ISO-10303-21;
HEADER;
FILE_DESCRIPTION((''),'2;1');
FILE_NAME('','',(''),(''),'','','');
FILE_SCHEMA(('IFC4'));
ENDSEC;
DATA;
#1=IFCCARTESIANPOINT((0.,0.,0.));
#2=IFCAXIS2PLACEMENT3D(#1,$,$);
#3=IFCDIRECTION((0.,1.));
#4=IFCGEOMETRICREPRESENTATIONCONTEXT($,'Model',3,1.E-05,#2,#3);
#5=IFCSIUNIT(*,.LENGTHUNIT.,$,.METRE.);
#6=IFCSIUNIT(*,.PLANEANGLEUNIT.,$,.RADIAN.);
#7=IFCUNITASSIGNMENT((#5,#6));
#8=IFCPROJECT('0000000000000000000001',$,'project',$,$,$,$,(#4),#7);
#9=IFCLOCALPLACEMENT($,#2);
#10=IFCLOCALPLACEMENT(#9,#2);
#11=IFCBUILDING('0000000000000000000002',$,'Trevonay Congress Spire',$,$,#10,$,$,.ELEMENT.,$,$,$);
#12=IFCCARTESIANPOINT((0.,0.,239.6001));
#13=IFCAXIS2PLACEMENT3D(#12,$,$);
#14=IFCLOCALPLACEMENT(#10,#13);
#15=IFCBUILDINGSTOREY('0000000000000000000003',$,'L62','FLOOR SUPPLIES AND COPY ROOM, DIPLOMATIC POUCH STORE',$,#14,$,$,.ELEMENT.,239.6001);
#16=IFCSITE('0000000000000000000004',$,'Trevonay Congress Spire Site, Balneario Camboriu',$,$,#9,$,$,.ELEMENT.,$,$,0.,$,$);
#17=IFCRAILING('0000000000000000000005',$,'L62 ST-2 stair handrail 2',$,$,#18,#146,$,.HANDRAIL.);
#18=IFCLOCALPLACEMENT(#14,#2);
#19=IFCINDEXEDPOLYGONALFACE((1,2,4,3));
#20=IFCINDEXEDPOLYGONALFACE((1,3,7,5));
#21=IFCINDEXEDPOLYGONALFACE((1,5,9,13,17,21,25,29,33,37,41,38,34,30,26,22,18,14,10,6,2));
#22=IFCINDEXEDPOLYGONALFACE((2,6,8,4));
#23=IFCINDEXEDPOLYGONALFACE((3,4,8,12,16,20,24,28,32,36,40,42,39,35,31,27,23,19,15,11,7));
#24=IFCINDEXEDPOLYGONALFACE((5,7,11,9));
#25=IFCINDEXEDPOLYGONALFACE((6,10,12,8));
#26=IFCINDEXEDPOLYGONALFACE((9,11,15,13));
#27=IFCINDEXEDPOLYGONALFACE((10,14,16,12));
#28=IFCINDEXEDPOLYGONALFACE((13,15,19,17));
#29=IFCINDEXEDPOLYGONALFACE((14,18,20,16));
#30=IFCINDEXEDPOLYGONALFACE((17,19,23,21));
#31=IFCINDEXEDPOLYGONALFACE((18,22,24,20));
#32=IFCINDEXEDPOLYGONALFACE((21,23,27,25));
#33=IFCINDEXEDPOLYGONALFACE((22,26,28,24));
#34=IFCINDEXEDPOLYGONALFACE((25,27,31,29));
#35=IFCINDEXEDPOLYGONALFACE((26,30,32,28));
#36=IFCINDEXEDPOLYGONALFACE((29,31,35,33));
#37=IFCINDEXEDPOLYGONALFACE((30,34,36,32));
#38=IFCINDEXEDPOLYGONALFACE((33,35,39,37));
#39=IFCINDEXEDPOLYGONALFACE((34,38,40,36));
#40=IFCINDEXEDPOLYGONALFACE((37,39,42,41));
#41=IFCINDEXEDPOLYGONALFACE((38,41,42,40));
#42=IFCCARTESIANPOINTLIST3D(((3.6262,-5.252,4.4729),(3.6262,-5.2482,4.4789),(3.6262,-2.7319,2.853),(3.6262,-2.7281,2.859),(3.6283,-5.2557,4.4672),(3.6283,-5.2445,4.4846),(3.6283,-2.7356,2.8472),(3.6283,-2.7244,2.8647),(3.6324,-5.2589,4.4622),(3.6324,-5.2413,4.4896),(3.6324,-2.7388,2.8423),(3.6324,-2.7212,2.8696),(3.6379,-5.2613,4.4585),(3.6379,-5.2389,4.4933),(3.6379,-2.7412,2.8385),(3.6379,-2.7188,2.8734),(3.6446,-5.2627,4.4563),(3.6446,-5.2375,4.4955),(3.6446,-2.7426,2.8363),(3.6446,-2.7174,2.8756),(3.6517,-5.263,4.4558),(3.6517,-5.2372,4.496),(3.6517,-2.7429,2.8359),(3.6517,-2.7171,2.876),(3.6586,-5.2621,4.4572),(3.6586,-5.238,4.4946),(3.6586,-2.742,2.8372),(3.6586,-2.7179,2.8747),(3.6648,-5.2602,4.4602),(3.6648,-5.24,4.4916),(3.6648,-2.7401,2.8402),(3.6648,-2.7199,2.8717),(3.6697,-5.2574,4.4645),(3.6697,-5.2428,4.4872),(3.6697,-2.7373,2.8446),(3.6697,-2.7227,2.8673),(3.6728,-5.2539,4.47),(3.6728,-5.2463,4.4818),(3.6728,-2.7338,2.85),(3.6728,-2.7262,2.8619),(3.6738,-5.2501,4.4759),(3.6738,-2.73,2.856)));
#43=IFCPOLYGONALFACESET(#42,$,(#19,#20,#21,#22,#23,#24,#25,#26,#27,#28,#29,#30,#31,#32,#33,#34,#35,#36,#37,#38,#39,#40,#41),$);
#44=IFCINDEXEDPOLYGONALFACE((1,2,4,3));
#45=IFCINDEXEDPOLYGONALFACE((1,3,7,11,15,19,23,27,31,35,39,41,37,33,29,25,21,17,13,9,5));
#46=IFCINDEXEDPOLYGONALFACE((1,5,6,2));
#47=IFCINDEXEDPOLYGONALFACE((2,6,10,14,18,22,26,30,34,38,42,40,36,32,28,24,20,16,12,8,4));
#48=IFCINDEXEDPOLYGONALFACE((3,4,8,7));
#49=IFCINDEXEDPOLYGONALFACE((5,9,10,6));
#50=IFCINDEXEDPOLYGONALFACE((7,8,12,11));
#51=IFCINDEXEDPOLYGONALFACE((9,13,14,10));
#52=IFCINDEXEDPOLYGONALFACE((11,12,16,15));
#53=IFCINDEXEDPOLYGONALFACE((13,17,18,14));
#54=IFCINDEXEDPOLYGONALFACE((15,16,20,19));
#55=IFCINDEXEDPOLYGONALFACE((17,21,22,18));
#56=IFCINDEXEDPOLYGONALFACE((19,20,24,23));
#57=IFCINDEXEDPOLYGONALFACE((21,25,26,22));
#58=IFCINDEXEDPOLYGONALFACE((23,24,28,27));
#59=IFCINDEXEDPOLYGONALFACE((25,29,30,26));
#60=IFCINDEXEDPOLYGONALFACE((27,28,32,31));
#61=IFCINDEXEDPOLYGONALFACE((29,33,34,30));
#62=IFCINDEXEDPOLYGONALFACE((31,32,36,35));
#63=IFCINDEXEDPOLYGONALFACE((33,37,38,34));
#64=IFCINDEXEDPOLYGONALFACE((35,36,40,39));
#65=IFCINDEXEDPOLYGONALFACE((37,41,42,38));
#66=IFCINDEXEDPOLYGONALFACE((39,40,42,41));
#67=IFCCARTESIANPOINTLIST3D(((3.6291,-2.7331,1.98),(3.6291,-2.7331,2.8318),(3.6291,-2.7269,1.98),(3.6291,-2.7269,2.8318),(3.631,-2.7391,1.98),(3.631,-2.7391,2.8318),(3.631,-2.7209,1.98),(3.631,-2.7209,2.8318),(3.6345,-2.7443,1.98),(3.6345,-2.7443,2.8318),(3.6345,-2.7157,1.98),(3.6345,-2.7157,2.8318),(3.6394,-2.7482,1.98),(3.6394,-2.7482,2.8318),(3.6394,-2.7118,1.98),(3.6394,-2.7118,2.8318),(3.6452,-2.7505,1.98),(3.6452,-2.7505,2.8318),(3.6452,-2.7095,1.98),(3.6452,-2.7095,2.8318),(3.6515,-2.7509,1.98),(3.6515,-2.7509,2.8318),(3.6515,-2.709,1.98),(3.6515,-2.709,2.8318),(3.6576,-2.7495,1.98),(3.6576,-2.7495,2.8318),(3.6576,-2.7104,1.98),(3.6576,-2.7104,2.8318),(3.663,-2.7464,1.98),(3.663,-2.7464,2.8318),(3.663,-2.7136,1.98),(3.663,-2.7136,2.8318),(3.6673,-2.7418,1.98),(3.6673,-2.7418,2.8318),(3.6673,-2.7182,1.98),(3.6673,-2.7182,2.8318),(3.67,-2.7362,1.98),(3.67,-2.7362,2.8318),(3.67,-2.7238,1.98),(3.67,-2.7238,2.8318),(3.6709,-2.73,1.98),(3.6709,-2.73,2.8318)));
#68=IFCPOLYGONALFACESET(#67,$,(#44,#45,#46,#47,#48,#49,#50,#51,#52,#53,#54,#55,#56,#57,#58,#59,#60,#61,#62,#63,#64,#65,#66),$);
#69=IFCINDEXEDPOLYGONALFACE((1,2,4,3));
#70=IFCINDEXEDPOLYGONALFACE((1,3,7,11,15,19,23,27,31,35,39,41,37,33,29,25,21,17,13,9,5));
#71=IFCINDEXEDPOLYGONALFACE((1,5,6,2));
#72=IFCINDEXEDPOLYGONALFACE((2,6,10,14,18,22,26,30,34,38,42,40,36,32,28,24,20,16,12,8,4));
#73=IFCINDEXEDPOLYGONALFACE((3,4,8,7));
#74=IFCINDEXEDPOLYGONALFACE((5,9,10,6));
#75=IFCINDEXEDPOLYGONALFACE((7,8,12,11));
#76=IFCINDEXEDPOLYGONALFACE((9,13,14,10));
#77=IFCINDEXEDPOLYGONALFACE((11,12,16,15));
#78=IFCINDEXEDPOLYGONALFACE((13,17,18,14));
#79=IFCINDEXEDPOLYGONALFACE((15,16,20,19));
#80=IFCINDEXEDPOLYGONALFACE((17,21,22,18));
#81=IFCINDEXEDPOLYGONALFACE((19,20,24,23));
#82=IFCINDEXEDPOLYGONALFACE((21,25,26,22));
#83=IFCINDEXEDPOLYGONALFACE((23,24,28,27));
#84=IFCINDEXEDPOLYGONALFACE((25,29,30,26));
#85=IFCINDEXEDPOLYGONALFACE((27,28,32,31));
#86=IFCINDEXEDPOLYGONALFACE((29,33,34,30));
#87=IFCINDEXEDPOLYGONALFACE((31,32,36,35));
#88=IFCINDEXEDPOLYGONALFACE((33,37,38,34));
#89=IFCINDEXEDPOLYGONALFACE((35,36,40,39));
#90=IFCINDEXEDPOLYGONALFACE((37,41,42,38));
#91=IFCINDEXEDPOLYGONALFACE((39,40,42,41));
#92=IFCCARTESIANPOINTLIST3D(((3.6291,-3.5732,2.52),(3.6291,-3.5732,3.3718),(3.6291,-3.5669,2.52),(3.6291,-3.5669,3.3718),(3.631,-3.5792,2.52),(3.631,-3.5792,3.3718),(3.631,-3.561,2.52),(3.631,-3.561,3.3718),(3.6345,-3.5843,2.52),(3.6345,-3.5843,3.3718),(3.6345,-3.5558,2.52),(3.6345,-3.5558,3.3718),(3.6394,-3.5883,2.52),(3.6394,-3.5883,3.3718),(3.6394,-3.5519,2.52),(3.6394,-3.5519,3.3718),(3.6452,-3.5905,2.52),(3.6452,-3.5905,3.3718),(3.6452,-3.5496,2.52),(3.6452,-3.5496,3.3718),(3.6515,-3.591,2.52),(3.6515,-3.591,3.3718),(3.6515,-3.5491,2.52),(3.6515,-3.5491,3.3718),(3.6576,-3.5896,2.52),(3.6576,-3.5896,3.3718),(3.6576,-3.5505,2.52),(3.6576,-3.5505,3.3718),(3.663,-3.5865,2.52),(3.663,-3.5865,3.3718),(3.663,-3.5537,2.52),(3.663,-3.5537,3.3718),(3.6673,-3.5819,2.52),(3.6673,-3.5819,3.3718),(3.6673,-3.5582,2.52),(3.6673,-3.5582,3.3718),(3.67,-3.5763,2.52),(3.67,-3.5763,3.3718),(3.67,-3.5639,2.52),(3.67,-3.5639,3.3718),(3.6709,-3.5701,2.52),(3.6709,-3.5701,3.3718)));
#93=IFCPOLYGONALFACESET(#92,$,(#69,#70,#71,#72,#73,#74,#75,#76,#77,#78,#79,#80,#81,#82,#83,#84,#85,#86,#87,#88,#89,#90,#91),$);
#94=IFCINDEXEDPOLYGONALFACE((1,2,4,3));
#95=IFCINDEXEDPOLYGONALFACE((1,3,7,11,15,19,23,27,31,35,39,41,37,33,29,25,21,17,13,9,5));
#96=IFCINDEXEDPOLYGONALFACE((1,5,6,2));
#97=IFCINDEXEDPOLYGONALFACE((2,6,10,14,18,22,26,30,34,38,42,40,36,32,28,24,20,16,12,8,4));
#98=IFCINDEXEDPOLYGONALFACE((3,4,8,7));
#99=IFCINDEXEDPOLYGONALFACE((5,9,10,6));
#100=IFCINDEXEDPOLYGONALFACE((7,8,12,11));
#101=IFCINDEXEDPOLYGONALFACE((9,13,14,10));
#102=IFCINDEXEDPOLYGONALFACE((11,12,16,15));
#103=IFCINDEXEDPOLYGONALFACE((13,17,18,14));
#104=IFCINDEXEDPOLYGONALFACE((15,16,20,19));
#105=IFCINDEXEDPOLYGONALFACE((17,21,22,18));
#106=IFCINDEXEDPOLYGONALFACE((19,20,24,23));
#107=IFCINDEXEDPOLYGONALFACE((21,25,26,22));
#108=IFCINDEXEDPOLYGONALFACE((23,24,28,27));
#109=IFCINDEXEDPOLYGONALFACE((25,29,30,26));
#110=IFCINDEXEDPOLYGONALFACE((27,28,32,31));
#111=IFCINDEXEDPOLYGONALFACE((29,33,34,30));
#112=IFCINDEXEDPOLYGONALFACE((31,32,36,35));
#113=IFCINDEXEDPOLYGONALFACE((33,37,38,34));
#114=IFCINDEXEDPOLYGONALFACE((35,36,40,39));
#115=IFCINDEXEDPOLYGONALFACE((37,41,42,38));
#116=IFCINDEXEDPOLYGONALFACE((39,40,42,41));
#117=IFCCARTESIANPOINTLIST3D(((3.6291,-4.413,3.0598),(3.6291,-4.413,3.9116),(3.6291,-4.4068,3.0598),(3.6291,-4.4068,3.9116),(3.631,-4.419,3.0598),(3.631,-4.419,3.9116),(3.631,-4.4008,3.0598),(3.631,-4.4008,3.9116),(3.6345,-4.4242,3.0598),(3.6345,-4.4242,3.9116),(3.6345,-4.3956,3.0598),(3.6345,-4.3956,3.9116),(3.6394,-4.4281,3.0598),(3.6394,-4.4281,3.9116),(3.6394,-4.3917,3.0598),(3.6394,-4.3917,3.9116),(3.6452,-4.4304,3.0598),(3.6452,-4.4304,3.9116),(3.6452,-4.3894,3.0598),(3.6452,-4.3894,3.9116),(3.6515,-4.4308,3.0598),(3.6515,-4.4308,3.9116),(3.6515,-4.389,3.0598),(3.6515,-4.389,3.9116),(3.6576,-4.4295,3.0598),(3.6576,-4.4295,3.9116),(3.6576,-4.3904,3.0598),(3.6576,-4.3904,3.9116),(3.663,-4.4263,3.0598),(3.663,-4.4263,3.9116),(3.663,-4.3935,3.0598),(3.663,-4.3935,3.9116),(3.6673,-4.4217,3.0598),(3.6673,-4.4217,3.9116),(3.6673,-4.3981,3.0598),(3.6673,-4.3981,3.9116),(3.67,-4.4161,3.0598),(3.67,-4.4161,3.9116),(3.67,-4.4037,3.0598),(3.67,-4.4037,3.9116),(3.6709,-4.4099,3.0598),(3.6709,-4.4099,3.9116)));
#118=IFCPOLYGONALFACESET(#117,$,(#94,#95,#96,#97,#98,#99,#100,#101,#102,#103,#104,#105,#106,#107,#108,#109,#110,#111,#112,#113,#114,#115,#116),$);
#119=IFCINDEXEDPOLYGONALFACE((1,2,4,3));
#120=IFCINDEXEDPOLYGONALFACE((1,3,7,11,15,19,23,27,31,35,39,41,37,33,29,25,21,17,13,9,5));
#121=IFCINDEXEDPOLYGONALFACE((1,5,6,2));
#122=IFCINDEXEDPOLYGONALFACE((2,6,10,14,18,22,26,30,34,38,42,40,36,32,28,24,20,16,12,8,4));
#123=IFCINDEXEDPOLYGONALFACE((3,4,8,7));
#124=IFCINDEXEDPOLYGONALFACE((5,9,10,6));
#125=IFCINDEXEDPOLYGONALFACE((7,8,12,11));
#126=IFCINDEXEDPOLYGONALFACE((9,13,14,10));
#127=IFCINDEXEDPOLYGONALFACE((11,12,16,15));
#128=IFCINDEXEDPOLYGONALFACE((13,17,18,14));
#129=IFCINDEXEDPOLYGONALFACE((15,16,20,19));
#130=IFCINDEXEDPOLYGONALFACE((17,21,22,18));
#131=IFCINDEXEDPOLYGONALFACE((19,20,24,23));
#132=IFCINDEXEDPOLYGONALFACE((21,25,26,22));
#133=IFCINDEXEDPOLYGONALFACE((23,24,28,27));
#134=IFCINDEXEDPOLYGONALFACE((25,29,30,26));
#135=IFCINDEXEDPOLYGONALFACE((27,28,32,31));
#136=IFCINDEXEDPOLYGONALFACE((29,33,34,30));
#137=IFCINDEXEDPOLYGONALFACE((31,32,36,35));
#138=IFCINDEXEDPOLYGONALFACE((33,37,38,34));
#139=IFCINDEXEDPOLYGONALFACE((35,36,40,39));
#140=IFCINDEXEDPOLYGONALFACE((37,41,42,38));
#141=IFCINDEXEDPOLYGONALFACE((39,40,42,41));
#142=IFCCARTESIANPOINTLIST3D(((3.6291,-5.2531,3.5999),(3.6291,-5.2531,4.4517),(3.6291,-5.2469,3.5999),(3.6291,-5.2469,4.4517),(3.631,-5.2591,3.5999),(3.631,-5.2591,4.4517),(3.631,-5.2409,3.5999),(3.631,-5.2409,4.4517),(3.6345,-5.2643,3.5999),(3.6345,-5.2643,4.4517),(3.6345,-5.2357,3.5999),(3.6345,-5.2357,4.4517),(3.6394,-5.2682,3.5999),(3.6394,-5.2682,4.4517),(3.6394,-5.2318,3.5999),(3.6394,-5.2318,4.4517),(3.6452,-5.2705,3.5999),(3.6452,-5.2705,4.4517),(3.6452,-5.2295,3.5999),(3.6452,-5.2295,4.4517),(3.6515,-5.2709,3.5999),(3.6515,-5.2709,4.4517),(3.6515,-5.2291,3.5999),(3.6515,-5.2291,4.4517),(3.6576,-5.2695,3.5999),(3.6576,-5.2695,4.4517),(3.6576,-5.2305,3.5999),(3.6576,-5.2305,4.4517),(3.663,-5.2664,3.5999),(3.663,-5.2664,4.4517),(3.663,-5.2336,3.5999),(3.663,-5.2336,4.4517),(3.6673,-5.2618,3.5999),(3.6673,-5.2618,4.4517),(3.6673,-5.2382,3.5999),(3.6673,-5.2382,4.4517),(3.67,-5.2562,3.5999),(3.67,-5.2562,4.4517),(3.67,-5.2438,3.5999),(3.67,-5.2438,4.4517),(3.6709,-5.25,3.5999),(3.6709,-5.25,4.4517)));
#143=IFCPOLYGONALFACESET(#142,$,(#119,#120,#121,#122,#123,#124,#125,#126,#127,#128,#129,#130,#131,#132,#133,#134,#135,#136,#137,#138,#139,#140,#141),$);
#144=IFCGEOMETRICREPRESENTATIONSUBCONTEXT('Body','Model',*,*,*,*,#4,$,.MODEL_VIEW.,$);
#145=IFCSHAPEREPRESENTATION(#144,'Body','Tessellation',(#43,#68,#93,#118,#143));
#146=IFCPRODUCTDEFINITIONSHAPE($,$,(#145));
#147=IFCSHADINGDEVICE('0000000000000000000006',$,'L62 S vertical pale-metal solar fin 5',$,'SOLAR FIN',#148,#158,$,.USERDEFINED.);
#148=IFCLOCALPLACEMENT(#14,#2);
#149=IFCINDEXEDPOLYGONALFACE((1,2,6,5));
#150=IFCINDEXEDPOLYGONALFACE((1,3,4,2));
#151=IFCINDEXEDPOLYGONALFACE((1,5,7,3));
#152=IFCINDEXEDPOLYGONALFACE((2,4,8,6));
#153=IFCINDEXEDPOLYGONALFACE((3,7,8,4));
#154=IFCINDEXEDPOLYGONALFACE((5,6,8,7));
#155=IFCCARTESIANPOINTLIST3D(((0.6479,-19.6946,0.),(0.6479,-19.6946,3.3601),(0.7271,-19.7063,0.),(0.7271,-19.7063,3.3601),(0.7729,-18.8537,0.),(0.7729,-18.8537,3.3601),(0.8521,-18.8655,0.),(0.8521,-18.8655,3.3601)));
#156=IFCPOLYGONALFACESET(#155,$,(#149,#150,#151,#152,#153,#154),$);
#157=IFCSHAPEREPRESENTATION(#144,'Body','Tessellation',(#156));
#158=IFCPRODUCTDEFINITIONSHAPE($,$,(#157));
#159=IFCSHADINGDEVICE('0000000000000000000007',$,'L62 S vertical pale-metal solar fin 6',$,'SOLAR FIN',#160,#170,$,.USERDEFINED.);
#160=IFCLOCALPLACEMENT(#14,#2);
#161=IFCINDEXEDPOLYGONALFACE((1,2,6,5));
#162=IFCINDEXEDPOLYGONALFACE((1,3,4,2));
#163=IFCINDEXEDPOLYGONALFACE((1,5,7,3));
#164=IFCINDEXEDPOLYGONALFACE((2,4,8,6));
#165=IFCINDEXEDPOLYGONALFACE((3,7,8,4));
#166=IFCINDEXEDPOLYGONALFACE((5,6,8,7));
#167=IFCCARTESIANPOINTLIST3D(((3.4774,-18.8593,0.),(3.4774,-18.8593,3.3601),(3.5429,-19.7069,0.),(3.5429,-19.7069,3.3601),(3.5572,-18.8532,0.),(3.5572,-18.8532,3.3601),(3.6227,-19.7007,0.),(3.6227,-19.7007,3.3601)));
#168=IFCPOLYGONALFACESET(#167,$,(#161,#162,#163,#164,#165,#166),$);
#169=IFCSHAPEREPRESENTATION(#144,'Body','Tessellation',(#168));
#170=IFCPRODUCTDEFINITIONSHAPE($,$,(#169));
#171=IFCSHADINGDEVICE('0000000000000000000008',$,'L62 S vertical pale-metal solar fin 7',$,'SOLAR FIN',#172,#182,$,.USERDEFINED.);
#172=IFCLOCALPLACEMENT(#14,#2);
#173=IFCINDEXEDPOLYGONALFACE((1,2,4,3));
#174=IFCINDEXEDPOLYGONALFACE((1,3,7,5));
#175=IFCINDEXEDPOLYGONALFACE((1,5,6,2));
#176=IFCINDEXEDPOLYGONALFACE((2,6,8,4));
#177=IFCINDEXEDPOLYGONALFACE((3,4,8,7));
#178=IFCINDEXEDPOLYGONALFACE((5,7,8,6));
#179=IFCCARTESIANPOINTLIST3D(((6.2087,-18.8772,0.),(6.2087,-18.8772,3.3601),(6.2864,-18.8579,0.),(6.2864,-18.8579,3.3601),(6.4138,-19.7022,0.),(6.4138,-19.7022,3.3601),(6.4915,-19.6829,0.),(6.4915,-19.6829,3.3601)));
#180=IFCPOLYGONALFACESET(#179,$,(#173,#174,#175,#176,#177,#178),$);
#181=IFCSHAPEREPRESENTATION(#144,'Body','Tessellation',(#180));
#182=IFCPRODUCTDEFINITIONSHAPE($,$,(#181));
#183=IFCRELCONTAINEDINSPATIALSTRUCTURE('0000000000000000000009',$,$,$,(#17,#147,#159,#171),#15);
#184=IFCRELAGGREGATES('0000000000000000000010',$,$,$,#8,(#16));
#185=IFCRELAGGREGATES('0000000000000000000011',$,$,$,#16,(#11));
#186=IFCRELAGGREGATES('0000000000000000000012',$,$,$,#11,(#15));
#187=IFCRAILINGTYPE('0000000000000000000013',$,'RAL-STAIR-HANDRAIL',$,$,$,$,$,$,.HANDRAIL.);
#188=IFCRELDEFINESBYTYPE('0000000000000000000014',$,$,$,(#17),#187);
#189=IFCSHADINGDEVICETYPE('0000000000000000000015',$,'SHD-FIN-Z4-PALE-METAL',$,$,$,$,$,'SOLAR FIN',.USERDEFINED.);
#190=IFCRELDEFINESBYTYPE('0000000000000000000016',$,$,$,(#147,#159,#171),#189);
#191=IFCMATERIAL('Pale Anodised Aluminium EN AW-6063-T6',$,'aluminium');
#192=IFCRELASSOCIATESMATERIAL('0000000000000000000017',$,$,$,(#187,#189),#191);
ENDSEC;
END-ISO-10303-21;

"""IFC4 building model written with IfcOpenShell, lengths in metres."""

from ifc_helpers import new_model, si_unit, direction, frame, origin, origin_2d, place, context, subcontext, project, spatial, rectangle, circle, extrude, material, type_object, element, save


model = new_model("IFC4")

# Units and contexts
model_context = context("Model", 3, precision=1e-05, world=origin(), true_north=direction((0.0, 1.0)))
body_context = subcontext(model_context, "Body", "Model", "MODEL_VIEW")
ifc_project = project(units=[si_unit("LENGTHUNIT", "METRE"), si_unit("PLANEANGLEUNIT", "RADIAN")], contexts=[model_context])

# Site, building, storey
site_placement = place(None, origin())
site = spatial("IfcSite", under=ifc_project, at=site_placement, Name="Trevonay Congress Spire Site, Balneario Camboriu", CompositionType="ELEMENT", RefElevation=0.0)
building_placement = place(site_placement, origin())
building = spatial("IfcBuilding", under=site, at=building_placement, Name="Trevonay Congress Spire", CompositionType="ELEMENT")
storey_placement = place(building_placement, frame((0.0, 0.0, 239.6001)))
storey = spatial("IfcBuildingStorey", under=building, at=storey_placement, Name="L62", Description="FLOOR SUPPLIES AND COPY ROOM, DIPLOMATIC POUCH STORE", CompositionType="ELEMENT", Elevation=239.6001)

# Shared definitions
ifc_material_1 = material(Name="Pale Anodised Aluminium EN AW-6063-T6", Category="aluminium")

# Railing
railing_type_1 = type_object("IfcRailingType", Name="RAL-STAIR-HANDRAIL", PredefinedType="HANDRAIL", material=ifc_material_1)
railing_1_placement = place(storey_placement, frame((3.6499, -2.73, 1.98)))
element("IfcRailing", 1, at=railing_1_placement, inside=storey, type_object=railing_type_1, Name="L62 ST-2 stair handrail 2", PredefinedType="HANDRAIL", context=body_context, shape_type="SweptSolid", body=[
    extrude(circle(Radius=0.0239, at=origin_2d()), frame((0.0, 0.0, 0.876), z_axis=(0.0, -0.8412, 0.540725), x_axis=(1.0, 0.0, 0.0)), (0.0, 0.0, 1.0), 2.9958),
    extrude(circle(Radius=0.021, at=origin_2d()), origin(), (0.0, 0.0, 1.0), 0.8518),
    extrude(circle(Radius=0.021, at=origin_2d()), frame((0.0, -0.8401, 0.54)), (0.0, 0.0, 1.0), 0.8518),
    extrude(circle(Radius=0.021, at=origin_2d()), frame((0.0, -1.6799, 1.0798)), (0.0, 0.0, 1.0), 0.8518),
    extrude(circle(Radius=0.021, at=origin_2d()), frame((0.0, -2.52, 1.6199)), (0.0, 0.0, 1.0), 0.8518),
])

# Shading devices
shading_device_type = type_object("IfcShadingDeviceType", Name="SHD-FIN-Z4-PALE-METAL", ElementType="SOLAR FIN", PredefinedType="USERDEFINED", material=ifc_material_1)
for number, where, z_axis, x_axis, name in (
    (2, (0.75, -19.28, 0.0), (0.0, 0.0, 1.0), (0.989144, -0.146946, 0.0), "L62 S vertical pale-metal solar fin 5"),
    (3, (3.55, -19.28, 0.0), (0.0, 0.0, 1.0), (0.997026, 0.077067, 0.0), "L62 S vertical pale-metal solar fin 6"),
    (4, (6.3501, -19.28, 0.0), (0.0, 0.0, 1.0), (0.970464, 0.241244, 0.0), "L62 S vertical pale-metal solar fin 7"),
):
    element("IfcShadingDevice", number, at=place(storey_placement, frame(where, z_axis=z_axis, x_axis=x_axis)), inside=storey, type_object=shading_device_type, Name=name, ObjectType="SOLAR FIN", PredefinedType="USERDEFINED", context=body_context, shape_type="SweptSolid", body=[
        extrude(rectangle(XDim=0.0801, YDim=0.8501, at=origin_2d()), origin(), (0.0, 0.0, 1.0), 3.3601),
    ])

save(model, "model.ifc")
